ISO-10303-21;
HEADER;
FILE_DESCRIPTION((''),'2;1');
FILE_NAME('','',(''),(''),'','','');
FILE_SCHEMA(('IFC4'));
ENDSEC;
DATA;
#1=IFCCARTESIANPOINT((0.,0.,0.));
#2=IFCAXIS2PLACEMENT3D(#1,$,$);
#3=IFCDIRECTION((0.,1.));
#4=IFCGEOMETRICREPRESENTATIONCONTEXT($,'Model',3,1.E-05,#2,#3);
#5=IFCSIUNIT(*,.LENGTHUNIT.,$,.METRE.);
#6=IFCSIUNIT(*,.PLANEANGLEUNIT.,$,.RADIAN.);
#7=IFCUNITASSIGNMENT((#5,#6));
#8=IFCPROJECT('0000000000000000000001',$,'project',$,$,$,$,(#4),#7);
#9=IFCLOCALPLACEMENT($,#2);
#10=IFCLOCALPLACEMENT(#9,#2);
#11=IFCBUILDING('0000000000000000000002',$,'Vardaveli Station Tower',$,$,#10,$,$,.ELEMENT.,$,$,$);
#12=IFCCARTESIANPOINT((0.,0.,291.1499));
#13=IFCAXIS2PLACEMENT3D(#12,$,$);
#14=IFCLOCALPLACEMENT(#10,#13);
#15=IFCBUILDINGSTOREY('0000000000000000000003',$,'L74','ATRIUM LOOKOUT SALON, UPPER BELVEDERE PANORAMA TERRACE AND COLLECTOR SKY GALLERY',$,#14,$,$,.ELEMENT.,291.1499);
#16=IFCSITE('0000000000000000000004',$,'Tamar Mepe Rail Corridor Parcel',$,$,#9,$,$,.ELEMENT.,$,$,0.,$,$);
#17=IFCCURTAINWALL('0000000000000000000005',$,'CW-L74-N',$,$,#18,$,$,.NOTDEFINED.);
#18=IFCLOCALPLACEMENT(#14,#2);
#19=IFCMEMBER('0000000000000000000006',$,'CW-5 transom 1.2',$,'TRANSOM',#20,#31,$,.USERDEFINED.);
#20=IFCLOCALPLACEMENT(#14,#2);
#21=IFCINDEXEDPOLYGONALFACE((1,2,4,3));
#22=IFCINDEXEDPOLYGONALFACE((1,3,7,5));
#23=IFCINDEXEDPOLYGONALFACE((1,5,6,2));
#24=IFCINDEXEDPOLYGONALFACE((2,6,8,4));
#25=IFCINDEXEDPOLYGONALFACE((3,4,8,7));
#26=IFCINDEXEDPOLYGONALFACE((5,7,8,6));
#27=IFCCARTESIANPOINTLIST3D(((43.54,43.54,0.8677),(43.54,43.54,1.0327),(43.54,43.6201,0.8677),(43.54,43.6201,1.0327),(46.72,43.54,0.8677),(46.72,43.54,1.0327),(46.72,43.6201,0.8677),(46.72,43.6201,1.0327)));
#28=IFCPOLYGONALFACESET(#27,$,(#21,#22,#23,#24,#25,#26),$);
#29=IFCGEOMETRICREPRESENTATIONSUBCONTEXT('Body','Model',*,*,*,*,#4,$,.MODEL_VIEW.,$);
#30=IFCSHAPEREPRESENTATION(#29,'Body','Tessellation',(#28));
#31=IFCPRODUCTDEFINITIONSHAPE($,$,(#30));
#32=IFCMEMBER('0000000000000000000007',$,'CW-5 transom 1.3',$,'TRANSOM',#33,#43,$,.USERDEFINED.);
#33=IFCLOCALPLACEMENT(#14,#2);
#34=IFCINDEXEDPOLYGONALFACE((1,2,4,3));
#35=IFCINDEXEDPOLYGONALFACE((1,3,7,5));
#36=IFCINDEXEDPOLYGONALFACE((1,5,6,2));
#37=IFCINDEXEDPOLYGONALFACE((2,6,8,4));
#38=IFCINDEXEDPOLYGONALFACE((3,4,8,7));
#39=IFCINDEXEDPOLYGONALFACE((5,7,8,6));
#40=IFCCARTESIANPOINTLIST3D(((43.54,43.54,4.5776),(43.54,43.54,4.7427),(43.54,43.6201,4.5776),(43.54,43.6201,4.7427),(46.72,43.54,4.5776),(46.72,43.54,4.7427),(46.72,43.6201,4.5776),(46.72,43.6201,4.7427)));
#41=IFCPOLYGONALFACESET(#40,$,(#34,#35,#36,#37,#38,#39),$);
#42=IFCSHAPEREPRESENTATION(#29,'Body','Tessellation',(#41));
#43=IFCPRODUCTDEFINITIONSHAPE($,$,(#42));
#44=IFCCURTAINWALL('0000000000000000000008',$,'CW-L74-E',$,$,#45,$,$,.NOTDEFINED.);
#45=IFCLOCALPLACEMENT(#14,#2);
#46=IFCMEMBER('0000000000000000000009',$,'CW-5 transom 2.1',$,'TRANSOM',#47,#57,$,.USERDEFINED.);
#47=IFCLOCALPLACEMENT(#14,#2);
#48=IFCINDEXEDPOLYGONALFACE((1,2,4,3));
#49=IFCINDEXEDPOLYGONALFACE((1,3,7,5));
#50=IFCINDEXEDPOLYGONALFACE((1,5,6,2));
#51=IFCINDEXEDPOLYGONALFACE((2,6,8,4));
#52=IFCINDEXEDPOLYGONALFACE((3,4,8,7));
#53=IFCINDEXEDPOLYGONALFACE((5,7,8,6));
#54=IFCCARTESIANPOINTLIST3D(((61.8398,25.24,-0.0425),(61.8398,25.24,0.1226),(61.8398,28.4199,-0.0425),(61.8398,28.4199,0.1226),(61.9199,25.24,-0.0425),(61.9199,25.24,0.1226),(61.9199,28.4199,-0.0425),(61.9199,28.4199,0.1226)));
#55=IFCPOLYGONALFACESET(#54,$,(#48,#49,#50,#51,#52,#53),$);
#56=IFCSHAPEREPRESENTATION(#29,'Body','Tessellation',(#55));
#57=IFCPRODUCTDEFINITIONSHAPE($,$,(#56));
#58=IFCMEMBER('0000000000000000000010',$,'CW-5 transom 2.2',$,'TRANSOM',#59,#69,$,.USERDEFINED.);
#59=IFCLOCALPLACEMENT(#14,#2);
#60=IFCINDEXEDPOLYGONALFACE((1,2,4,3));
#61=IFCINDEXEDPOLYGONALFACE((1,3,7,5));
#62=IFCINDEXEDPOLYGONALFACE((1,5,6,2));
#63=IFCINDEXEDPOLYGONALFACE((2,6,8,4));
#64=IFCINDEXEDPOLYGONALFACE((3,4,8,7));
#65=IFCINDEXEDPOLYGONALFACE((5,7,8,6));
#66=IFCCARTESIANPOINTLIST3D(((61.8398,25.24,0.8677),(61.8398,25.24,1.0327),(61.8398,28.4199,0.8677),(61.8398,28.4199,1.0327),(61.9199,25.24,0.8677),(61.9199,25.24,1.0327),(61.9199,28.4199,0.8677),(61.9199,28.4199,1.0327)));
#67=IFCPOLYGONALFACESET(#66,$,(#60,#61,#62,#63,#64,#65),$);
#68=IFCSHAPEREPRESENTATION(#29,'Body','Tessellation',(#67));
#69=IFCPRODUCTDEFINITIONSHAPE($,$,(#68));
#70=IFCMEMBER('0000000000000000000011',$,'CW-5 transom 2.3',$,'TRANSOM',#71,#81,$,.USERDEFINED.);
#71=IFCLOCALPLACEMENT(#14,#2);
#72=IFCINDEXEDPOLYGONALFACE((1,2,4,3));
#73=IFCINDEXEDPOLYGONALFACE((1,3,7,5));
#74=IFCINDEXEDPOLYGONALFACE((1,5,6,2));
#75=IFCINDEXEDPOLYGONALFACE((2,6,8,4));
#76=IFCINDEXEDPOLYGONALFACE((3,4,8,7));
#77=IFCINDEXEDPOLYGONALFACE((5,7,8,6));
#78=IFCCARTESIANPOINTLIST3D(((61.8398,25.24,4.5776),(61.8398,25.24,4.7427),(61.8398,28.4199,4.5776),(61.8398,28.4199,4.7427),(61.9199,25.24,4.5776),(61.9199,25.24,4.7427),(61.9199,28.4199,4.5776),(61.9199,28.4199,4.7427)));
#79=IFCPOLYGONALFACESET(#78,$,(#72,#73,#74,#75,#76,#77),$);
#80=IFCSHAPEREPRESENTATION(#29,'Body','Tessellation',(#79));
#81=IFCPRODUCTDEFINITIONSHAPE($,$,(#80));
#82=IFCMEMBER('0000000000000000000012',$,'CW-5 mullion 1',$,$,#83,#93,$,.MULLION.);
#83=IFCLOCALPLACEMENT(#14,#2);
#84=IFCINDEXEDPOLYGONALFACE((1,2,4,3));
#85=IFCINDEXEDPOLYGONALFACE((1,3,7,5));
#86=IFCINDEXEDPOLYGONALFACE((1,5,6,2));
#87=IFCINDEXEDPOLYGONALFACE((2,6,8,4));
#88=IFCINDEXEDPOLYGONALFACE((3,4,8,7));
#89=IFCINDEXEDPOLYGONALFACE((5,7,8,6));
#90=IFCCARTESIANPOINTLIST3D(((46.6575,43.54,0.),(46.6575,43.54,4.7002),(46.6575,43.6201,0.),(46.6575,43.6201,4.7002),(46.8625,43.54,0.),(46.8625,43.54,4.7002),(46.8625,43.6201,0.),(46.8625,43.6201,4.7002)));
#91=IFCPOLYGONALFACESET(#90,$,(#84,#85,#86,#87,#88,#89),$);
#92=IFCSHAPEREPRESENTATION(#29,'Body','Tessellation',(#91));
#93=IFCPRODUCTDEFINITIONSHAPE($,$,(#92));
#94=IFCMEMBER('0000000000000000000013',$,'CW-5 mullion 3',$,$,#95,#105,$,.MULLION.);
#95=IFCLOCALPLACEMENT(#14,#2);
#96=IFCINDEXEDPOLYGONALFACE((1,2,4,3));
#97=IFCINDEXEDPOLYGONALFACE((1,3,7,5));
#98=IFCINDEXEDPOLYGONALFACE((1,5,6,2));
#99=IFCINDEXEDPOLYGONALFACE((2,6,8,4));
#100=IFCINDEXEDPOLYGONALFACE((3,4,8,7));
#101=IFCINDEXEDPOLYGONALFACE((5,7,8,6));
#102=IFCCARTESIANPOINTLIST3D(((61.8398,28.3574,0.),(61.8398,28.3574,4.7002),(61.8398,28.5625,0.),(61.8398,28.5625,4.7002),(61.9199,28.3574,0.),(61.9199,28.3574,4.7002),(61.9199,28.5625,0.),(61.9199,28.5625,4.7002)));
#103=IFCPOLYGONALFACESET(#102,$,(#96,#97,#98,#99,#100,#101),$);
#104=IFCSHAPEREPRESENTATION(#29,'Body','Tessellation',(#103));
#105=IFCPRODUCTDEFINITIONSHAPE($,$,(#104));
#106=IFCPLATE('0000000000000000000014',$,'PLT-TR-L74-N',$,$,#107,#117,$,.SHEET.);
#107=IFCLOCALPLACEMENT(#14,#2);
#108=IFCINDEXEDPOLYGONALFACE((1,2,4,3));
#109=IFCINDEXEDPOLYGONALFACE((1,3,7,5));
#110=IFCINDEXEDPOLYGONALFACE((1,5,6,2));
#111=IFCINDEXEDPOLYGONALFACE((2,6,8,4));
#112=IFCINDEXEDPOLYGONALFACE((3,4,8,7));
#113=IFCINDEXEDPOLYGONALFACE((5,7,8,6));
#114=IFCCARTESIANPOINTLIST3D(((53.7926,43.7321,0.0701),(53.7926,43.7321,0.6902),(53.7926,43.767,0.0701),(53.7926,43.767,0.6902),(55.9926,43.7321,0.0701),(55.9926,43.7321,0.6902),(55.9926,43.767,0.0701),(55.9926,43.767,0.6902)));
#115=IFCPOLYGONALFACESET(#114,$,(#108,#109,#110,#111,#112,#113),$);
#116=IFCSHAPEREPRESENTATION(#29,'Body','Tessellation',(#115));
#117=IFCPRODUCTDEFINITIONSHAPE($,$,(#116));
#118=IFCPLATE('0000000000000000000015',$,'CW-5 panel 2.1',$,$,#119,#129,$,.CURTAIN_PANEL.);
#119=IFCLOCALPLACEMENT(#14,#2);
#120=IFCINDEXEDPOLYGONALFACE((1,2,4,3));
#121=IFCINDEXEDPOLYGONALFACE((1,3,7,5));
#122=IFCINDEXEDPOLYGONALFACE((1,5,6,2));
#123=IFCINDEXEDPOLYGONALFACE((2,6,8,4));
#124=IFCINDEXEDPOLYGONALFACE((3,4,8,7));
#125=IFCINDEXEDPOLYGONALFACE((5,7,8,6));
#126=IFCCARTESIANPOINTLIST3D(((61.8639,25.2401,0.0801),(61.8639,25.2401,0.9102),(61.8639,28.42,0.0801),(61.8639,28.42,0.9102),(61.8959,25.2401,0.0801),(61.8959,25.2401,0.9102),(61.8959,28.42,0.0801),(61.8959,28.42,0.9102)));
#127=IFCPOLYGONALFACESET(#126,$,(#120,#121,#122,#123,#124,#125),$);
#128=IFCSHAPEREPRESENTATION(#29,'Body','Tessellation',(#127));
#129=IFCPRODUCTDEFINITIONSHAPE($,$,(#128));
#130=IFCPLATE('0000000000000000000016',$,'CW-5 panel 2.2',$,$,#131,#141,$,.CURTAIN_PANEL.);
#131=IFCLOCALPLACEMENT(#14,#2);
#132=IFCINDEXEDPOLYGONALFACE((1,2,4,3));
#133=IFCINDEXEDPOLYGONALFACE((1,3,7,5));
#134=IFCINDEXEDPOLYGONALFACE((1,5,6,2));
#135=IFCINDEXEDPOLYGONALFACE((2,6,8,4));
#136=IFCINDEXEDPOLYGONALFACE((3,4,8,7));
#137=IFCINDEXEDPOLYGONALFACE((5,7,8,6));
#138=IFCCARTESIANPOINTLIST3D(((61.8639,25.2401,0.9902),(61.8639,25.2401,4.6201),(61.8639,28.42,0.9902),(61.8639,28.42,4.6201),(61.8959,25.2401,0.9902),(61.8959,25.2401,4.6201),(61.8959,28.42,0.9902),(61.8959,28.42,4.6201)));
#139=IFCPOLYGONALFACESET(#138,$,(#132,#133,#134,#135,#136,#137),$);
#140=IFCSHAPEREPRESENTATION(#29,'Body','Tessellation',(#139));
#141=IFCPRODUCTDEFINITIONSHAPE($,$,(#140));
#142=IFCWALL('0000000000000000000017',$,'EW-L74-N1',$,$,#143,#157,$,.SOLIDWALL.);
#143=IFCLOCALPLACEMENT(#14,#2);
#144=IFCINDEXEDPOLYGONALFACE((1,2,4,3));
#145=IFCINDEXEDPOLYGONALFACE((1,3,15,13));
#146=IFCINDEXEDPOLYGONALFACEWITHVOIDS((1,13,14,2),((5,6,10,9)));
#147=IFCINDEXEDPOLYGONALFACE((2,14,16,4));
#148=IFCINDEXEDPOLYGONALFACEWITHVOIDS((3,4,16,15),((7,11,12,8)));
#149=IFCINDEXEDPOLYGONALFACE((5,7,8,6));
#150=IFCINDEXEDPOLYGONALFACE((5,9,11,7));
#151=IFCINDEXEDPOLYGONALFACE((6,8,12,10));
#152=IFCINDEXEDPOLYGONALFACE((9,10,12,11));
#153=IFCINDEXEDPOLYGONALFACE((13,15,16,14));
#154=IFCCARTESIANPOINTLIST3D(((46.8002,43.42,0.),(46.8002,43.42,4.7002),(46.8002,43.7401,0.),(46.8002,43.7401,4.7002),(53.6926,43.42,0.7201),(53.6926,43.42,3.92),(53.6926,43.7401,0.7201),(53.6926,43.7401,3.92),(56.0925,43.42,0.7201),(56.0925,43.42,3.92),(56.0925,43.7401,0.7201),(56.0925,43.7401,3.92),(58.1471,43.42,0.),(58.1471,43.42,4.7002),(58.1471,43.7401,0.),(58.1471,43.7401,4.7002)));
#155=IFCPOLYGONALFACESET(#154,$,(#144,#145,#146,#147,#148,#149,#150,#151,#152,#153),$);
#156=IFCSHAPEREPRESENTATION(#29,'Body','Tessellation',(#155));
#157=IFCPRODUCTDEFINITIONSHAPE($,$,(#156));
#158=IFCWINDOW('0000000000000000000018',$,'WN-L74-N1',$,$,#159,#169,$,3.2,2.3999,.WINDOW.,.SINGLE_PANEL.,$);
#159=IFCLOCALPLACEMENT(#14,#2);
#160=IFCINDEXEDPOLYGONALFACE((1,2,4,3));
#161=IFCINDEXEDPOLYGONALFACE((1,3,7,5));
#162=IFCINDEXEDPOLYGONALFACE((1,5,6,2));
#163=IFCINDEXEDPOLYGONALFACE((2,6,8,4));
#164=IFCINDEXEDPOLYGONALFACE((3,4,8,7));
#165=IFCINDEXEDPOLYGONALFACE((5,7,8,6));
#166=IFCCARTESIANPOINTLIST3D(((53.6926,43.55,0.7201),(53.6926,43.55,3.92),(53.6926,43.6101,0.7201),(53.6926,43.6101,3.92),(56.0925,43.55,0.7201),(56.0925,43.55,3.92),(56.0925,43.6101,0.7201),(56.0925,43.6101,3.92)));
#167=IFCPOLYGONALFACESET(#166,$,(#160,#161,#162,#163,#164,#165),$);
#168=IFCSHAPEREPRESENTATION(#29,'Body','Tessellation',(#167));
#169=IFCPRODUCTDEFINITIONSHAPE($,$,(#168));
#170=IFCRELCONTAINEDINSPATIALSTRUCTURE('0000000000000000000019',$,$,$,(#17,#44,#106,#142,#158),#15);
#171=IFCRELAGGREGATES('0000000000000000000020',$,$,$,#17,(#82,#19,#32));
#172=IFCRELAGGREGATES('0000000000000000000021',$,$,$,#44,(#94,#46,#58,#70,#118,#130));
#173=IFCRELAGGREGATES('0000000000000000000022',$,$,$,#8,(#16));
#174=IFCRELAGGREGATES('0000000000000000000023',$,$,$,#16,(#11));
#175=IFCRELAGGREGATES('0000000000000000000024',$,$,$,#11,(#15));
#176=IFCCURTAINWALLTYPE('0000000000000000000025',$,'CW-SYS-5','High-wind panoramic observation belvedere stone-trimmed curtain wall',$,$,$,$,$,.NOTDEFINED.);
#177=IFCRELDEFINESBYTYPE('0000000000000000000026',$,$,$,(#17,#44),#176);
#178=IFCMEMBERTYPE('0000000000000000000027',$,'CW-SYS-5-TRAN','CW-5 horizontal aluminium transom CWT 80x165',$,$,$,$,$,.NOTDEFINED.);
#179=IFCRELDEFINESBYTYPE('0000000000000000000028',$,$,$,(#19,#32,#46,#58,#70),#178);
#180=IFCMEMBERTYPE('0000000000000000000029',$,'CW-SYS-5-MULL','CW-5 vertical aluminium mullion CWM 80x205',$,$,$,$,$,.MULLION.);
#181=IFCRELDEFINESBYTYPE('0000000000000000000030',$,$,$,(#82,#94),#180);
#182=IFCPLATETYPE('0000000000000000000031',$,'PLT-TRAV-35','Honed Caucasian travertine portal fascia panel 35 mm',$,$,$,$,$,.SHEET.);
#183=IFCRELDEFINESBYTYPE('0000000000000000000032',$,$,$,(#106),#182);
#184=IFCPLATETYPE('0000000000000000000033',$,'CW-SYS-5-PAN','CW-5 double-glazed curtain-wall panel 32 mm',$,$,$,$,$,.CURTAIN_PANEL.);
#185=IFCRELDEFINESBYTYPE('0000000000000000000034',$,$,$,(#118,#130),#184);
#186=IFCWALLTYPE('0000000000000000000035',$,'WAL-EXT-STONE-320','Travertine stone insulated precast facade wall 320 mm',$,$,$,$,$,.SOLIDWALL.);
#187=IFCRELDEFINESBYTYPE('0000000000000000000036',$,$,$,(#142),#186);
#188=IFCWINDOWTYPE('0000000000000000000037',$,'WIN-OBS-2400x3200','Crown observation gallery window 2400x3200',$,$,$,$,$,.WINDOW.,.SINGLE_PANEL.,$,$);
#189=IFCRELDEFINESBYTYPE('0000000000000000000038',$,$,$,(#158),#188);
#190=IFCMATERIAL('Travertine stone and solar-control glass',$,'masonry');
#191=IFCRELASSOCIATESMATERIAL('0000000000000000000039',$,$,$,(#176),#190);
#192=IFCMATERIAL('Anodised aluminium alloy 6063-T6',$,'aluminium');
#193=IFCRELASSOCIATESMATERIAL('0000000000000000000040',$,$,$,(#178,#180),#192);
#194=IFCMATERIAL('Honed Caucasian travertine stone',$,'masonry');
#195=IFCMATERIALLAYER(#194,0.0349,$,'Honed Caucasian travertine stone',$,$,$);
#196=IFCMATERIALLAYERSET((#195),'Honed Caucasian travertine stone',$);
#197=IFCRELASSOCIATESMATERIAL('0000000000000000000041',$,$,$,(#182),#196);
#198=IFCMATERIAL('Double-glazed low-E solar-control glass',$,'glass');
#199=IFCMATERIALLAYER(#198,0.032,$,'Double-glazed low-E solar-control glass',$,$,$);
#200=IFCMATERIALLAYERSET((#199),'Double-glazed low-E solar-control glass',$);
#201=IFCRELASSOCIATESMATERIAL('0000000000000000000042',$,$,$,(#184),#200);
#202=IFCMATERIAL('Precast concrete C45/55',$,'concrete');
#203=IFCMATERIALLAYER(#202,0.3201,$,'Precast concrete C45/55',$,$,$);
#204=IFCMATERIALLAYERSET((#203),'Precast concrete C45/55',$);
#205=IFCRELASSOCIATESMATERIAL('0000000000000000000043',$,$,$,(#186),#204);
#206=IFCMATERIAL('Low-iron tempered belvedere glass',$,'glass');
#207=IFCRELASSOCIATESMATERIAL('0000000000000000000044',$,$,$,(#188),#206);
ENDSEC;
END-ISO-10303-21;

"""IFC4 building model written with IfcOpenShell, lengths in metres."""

from ifc_helpers import new_model, si_unit, direction, frame, frame_2d, origin, origin_2d, place, context, subcontext, project, spatial, rectangle, extrude, source, transform, mapped, material, layer, layer_set, material_profile, profile_set, type_object, element, fill, aggregate, save


model = new_model("IFC4")

# Units and contexts
model_context = context("Model", 3, precision=1e-05, world=origin(), true_north=direction((0.0, 1.0)))
body_context = subcontext(model_context, "Body", "Model", "MODEL_VIEW")
ifc_project = project(units=[si_unit("LENGTHUNIT", "METRE"), si_unit("PLANEANGLEUNIT", "RADIAN")], contexts=[model_context])

# Site, building, storey
site_placement = place(None, origin())
site = spatial("IfcSite", under=ifc_project, at=site_placement, Name="Tamar Mepe Rail Corridor Parcel", CompositionType="ELEMENT", RefElevation=0.0)
building_placement = place(site_placement, origin())
building = spatial("IfcBuilding", under=site, at=building_placement, Name="Vardaveli Station Tower", CompositionType="ELEMENT")
storey_placement = place(building_placement, frame((0.0, 0.0, 291.1499)))
storey = spatial("IfcBuildingStorey", under=building, at=storey_placement, Name="L74", Description="ATRIUM LOOKOUT SALON, UPPER BELVEDERE PANORAMA TERRACE AND COLLECTOR SKY GALLERY", CompositionType="ELEMENT", Elevation=291.1499)

# Shared definitions
ifc_material_1 = material(Name="Precast concrete C45/55", Category="concrete")

# Curtain walls, members
ifc_material_2 = material(Name="Travertine stone and solar-control glass", Category="masonry")
curtain_wall_type = type_object("IfcCurtainWallType", Name="CW-SYS-5", Description="High-wind panoramic observation belvedere stone-trimmed curtain wall", PredefinedType="NOTDEFINED", material=ifc_material_2)
curtain_wall_1_placement = place(storey_placement, origin())
curtain_wall_1 = element("IfcCurtainWall", 1, at=curtain_wall_1_placement, inside=storey, type_object=curtain_wall_type, Name="CW-L74-N", PredefinedType="NOTDEFINED")
ifc_material_3 = material(Name="Anodised aluminium alloy 6063-T6", Category="aluminium")
ifc_material_profile_1 = material_profile(ifc_material_3, rectangle(XDim=0.0801, YDim=0.165, at=origin_2d()), Name="CWT 80x165")
ifc_profile_set_1 = profile_set([ifc_material_profile_1], Name="Anodised aluminium alloy 6063-T6")
member_type_1 = type_object("IfcMemberType", Name="CW-SYS-5-TRAN", Description="CW-5 horizontal aluminium transom CWT 80x165", PredefinedType="NOTDEFINED", material=ifc_profile_set_1)
shared_shape_1 = source(origin(), body_context, "Body", "SweptSolid", [
    extrude(rectangle(XDim=0.0801, YDim=0.165, at=origin_2d()), origin(), (0.0, 0.0, 1.0), 3.1799),
])
member_1_placement = place(storey_placement, frame((46.72, 43.5801, 0.9502), z_axis=(-1.0, 0.0, 0.0), x_axis=(0.0, -1.0, 0.0)))
member_1 = element("IfcMember", 2, at=member_1_placement, type_object=member_type_1, Name="CW-5 transom 1.2", ObjectType="TRANSOM", PredefinedType="USERDEFINED", context=body_context, shape_type="MappedRepresentation", body=[
    mapped(shared_shape_1, transform((0.0, 0.0, 0.0), scale=1.0)),
])
member_2_placement = place(storey_placement, frame((46.72, 43.5801, 4.6602), z_axis=(-1.0, 0.0, 0.0), x_axis=(0.0, -1.0, 0.0)))
member_2 = element("IfcMember", 3, at=member_2_placement, type_object=member_type_1, Name="CW-5 transom 1.3", ObjectType="TRANSOM", PredefinedType="USERDEFINED", context=body_context, shape_type="MappedRepresentation", body=[
    mapped(shared_shape_1, transform((0.0, 0.0, 0.0), scale=1.0)),
])
curtain_wall_2_placement = place(storey_placement, origin())
curtain_wall_2 = element("IfcCurtainWall", 4, at=curtain_wall_2_placement, inside=storey, type_object=curtain_wall_type, Name="CW-L74-E", PredefinedType="NOTDEFINED")
member_3_placement = place(storey_placement, frame((61.8799, 25.24, 0.04), z_axis=(0.0, 1.0, 0.0), x_axis=(-1.0, 0.0, 0.0)))
member_3 = element("IfcMember", 5, at=member_3_placement, type_object=member_type_1, Name="CW-5 transom 2.1", ObjectType="TRANSOM", PredefinedType="USERDEFINED", context=body_context, shape_type="MappedRepresentation", body=[
    mapped(shared_shape_1, transform((0.0, 0.0, 0.0), scale=1.0)),
])
member_4_placement = place(storey_placement, frame((61.8799, 25.24, 0.9502), z_axis=(0.0, 1.0, 0.0), x_axis=(-1.0, 0.0, 0.0)))
member_4 = element("IfcMember", 6, at=member_4_placement, type_object=member_type_1, Name="CW-5 transom 2.2", ObjectType="TRANSOM", PredefinedType="USERDEFINED", context=body_context, shape_type="MappedRepresentation", body=[
    mapped(shared_shape_1, transform((0.0, 0.0, 0.0), scale=1.0)),
])
member_5_placement = place(storey_placement, frame((61.8799, 25.24, 4.6602), z_axis=(0.0, 1.0, 0.0), x_axis=(-1.0, 0.0, 0.0)))
member_5 = element("IfcMember", 7, at=member_5_placement, type_object=member_type_1, Name="CW-5 transom 2.3", ObjectType="TRANSOM", PredefinedType="USERDEFINED", context=body_context, shape_type="MappedRepresentation", body=[
    mapped(shared_shape_1, transform((0.0, 0.0, 0.0), scale=1.0)),
])

# Members
ifc_material_profile_2 = material_profile(ifc_material_3, rectangle(XDim=0.0801, YDim=0.2051, at=origin_2d()), Name="CWM 80x205")
ifc_profile_set_2 = profile_set([ifc_material_profile_2], Name="Anodised aluminium alloy 6063-T6")
member_type_2 = type_object("IfcMemberType", Name="CW-SYS-5-MULL", Description="CW-5 vertical aluminium mullion CWM 80x205", PredefinedType="MULLION", material=ifc_profile_set_2)
shared_shape_2 = source(origin(), body_context, "Body", "SweptSolid", [
    extrude(rectangle(XDim=0.0801, YDim=0.2051, at=origin_2d()), origin(), (0.0, 0.0, 1.0), 4.7002),
])
member_6_placement = place(storey_placement, frame((46.76, 43.5801, 0.0), z_axis=(0.0, 0.0, 1.0), x_axis=(0.0, -1.0, 0.0)))
member_6 = element("IfcMember", 8, at=member_6_placement, type_object=member_type_2, Name="CW-5 mullion 1", PredefinedType="MULLION", context=body_context, shape_type="MappedRepresentation", body=[
    mapped(shared_shape_2, transform((0.0, 0.0, 0.0), scale=1.0)),
])
aggregate(curtain_wall_1, [member_6, member_1, member_2])
member_7_placement = place(storey_placement, frame((61.8799, 28.46, 0.0), z_axis=(0.0, 0.0, 1.0), x_axis=(-1.0, 0.0, 0.0)))
member_7 = element("IfcMember", 9, at=member_7_placement, type_object=member_type_2, Name="CW-5 mullion 3", PredefinedType="MULLION", context=body_context, shape_type="MappedRepresentation", body=[
    mapped(shared_shape_2, transform((0.0, 0.0, 0.0), scale=1.0)),
])

# Plates
ifc_material_4 = material(Name="Honed Caucasian travertine stone", Category="masonry")
ifc_layer_1 = layer(ifc_material_4, 0.0349, Name="Honed Caucasian travertine stone")
ifc_layer_set_1 = layer_set([ifc_layer_1], Name="Honed Caucasian travertine stone")
plate_type_1 = type_object("IfcPlateType", Name="PLT-TRAV-35", Description="Honed Caucasian travertine portal fascia panel 35 mm", PredefinedType="SHEET", material=ifc_layer_set_1)
shared_shape_3 = source(origin(), body_context, "Body", "SweptSolid", [
    extrude(rectangle(XDim=2.2, YDim=0.0349, at=origin_2d()), origin(), (0.0, 0.0, 1.0), 0.6201),
])
plate_1_placement = place(storey_placement, frame((54.8926, 43.7495, 0.0701), z_axis=(0.0, 0.0, 1.0), x_axis=(1.0, 0.0, 0.0)))
element("IfcPlate", 10, at=plate_1_placement, inside=storey, type_object=plate_type_1, Name="PLT-TR-L74-N", PredefinedType="SHEET", context=body_context, shape_type="MappedRepresentation", body=[
    mapped(shared_shape_3, transform((0.0, 0.0, 0.0), scale=1.0)),
])
ifc_material_5 = material(Name="Double-glazed low-E solar-control glass", Category="glass")
ifc_layer_2 = layer(ifc_material_5, 0.032, Name="Double-glazed low-E solar-control glass")
ifc_layer_set_2 = layer_set([ifc_layer_2], Name="Double-glazed low-E solar-control glass")
plate_type_2 = type_object("IfcPlateType", Name="CW-SYS-5-PAN", Description="CW-5 double-glazed curtain-wall panel 32 mm", PredefinedType="CURTAIN_PANEL", material=ifc_layer_set_2)
shared_shape_4 = source(origin(), body_context, "Body", "SweptSolid", [
    extrude(rectangle(XDim=3.1799, YDim=0.032, at=origin_2d()), origin(), (0.0, 0.0, 1.0), 0.8301),
])
plate_2_placement = place(storey_placement, frame((61.8799, 26.8301, 0.0801), z_axis=(0.0, 0.0, 1.0), x_axis=(0.0, 1.0, 0.0)))
plate_2 = element("IfcPlate", 11, at=plate_2_placement, type_object=plate_type_2, Name="CW-5 panel 2.1", PredefinedType="CURTAIN_PANEL", context=body_context, shape_type="MappedRepresentation", body=[
    mapped(shared_shape_4, transform((0.0, 0.0, 0.0), scale=1.0)),
])
shared_shape_5 = source(origin(), body_context, "Body", "SweptSolid", [
    extrude(rectangle(XDim=3.1799, YDim=0.032, at=origin_2d()), origin(), (0.0, 0.0, 1.0), 3.6299),
])
plate_3_placement = place(storey_placement, frame((61.8799, 26.8301, 0.9902), z_axis=(0.0, 0.0, 1.0), x_axis=(0.0, 1.0, 0.0)))
plate_3 = element("IfcPlate", 12, at=plate_3_placement, type_object=plate_type_2, Name="CW-5 panel 2.2", PredefinedType="CURTAIN_PANEL", context=body_context, shape_type="MappedRepresentation", body=[
    mapped(shared_shape_5, transform((0.0, 0.0, 0.0), scale=1.0)),
])
aggregate(curtain_wall_2, [member_7, member_3, member_4, member_5, plate_2, plate_3])

# Wall, opening, window
ifc_layer_3 = layer(ifc_material_1, 0.3201, Name="Precast concrete C45/55")
ifc_layer_set_3 = layer_set([ifc_layer_3], Name="Precast concrete C45/55")
wall_type_1 = type_object("IfcWallType", Name="WAL-EXT-STONE-320", Description="Travertine stone insulated precast facade wall 320 mm", PredefinedType="SOLIDWALL", material=ifc_layer_set_3)
shared_shape_6 = source(origin(), body_context, "Body", "SweptSolid", [
    extrude(rectangle(XDim=11.3469, YDim=0.3201, at=frame_2d((5.6733, 0.0))), origin(), (0.0, 0.0, 1.0), 4.7002),
])
wall_1_placement = place(storey_placement, frame((58.147, 43.5801, 0.0), z_axis=(0.0, 0.0, 1.0), x_axis=(-1.0, 0.0, 0.0)))
wall_1 = element("IfcWall", 13, at=wall_1_placement, inside=storey, type_object=wall_type_1, Name="EW-L74-N1", PredefinedType="SOLIDWALL", context=body_context, shape_type="MappedRepresentation", body=[
    mapped(shared_shape_6, transform((0.0, 0.0, 0.0), scale=1.0)),
])
shared_shape_7 = source(origin(), body_context, "Body", "SweptSolid", [
    extrude(rectangle(XDim=2.3999, YDim=3.2, at=frame_2d((1.2, 1.6001))), frame((0.0, 0.1699, 0.0), z_axis=(0.0, -1.0, 0.0), x_axis=(1.0, 0.0, 0.0)), (0.0, 0.0, 1.0), 0.3401),
])
opening_1_placement = place(wall_1_placement, frame((2.0544, 0.0, 0.72)))
opening_1 = element("IfcOpeningElement", 14, at=opening_1_placement, cuts=wall_1, PredefinedType="OPENING", context=body_context, shape_type="MappedRepresentation", body=[
    mapped(shared_shape_7, transform((0.0, 0.0, 0.0), scale=1.0)),
])
ifc_material_6 = material(Name="Low-iron tempered belvedere glass", Category="glass")
window_type = type_object("IfcWindowType", Name="WIN-OBS-2400x3200", Description="Crown observation gallery window 2400x3200", PartitioningType="SINGLE_PANEL", PredefinedType="WINDOW", material=ifc_material_6)
shared_shape_8 = source(origin(), body_context, "Body", "SweptSolid", [
    extrude(rectangle(XDim=2.3999, YDim=3.2, at=frame_2d((1.2, 1.6001))), frame((0.0, 0.03, 0.0), z_axis=(0.0, -1.0, 0.0), x_axis=(1.0, 0.0, 0.0)), (0.0, 0.0, 1.0), 0.0601),
])
window_1_placement = place(opening_1_placement, origin())
window_1 = element("IfcWindow", 15, at=window_1_placement, inside=storey, type_object=window_type, Name="WN-L74-N1", OverallHeight=3.2, OverallWidth=2.3999, PartitioningType="SINGLE_PANEL", PredefinedType="WINDOW", context=body_context, shape_type="MappedRepresentation", body=[
    mapped(shared_shape_8, transform((0.0, 0.0, 0.0), scale=1.0)),
])
fill(opening_1, window_1)

save(model, "model.ifc")
